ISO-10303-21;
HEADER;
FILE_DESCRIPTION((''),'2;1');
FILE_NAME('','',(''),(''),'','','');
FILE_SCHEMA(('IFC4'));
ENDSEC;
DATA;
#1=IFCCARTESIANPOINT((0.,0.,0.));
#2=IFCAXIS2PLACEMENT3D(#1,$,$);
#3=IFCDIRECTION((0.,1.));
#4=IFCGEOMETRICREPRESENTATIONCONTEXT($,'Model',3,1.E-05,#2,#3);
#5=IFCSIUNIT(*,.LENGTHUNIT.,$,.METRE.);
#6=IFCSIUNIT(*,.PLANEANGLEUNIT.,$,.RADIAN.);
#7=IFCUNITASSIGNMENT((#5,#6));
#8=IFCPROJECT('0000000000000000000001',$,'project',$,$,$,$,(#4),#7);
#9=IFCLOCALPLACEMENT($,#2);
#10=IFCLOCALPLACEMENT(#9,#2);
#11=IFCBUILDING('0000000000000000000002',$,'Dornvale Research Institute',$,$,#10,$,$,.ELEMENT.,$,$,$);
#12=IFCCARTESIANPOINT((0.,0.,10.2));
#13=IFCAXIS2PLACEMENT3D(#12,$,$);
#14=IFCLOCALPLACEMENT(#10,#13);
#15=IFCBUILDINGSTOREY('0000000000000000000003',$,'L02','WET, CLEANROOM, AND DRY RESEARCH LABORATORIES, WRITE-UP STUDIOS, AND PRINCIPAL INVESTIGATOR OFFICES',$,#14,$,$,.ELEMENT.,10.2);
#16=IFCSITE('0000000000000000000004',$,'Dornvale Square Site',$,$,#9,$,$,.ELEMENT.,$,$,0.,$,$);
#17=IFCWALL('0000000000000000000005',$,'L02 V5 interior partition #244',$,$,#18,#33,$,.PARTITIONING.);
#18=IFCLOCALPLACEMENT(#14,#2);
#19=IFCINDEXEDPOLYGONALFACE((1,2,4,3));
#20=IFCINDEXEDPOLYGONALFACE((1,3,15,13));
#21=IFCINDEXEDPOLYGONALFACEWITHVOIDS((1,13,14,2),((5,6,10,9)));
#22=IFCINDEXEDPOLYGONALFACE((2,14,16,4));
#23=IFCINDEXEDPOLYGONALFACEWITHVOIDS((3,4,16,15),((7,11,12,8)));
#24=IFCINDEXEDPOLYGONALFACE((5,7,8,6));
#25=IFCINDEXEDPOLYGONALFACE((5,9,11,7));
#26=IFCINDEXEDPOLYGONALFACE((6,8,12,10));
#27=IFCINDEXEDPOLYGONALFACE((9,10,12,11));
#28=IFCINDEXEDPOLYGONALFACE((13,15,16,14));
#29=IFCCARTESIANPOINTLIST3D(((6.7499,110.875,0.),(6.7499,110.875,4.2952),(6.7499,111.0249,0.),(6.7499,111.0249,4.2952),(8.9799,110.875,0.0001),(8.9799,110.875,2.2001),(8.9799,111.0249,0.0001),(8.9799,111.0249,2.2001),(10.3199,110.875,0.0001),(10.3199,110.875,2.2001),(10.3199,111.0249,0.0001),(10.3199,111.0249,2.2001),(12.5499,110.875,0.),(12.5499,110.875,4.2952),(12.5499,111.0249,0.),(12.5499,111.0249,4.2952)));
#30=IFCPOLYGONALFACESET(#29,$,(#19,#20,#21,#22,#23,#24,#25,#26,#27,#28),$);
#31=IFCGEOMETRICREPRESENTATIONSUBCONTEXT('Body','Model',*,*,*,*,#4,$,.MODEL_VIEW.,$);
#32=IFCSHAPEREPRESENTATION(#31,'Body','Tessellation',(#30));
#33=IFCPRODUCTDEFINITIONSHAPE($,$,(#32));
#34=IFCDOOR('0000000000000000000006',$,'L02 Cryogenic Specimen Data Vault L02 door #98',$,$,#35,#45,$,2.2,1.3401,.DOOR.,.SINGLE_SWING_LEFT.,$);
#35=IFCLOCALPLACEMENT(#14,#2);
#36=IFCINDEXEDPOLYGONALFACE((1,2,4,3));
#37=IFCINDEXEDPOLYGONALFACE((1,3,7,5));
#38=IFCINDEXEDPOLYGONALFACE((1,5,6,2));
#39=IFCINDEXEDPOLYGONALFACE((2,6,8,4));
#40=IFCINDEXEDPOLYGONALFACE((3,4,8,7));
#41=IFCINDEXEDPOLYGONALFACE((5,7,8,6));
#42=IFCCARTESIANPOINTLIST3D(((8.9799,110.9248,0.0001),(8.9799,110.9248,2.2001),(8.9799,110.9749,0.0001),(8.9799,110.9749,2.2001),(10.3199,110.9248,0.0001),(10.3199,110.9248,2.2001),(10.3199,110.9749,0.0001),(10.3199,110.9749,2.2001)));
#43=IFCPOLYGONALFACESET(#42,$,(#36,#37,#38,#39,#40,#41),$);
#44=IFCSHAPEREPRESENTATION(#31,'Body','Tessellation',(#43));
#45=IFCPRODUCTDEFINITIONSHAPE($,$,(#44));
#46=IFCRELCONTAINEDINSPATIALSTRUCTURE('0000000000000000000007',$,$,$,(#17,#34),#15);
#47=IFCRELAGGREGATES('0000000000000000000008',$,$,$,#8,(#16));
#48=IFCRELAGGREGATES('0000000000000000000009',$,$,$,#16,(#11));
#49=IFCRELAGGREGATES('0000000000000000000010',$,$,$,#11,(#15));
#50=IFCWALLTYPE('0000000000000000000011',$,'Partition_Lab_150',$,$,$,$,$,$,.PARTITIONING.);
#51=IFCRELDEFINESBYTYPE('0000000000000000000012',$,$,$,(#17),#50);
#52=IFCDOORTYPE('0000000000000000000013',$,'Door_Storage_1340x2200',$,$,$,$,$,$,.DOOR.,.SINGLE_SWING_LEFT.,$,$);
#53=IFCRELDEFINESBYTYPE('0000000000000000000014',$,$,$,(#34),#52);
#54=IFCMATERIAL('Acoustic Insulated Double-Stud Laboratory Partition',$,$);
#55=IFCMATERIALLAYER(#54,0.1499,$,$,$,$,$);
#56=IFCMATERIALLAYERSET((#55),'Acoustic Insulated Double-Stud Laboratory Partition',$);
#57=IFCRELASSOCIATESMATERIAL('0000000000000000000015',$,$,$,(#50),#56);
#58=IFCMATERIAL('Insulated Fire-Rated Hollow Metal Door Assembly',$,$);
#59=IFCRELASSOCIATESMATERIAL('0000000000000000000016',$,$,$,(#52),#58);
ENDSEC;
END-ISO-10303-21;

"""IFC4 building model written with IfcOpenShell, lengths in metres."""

from ifc_helpers import new_model, si_unit, direction, frame, frame_2d, origin, place, context, subcontext, project, spatial, rectangle, extrude, material, layer, layer_set, type_object, element, fill, save


model = new_model("IFC4")

# Units and contexts
model_context = context("Model", 3, precision=1e-05, world=origin(), true_north=direction((0.0, 1.0)))
body_context = subcontext(model_context, "Body", "Model", "MODEL_VIEW")
ifc_project = project(units=[si_unit("LENGTHUNIT", "METRE"), si_unit("PLANEANGLEUNIT", "RADIAN")], contexts=[model_context])

# Site, building, storey
site_placement = place(None, origin())
site = spatial("IfcSite", under=ifc_project, at=site_placement, Name="Dornvale Square Site", CompositionType="ELEMENT", RefElevation=0.0)
building_placement = place(site_placement, origin())
building = spatial("IfcBuilding", under=site, at=building_placement, Name="Dornvale Research Institute", CompositionType="ELEMENT")
storey_placement = place(building_placement, frame((0.0, 0.0, 10.2)))
storey = spatial("IfcBuildingStorey", under=building, at=storey_placement, Name="L02", Description="WET, CLEANROOM, AND DRY RESEARCH LABORATORIES, WRITE-UP STUDIOS, AND PRINCIPAL INVESTIGATOR OFFICES", CompositionType="ELEMENT", Elevation=10.2)

# Wall, opening, door
ifc_material_1 = material(Name="Acoustic Insulated Double-Stud Laboratory Partition")
ifc_layer_1 = layer(ifc_material_1, 0.1499)
ifc_layer_set_1 = layer_set([ifc_layer_1], Name="Acoustic Insulated Double-Stud Laboratory Partition")
wall_type = type_object("IfcWallType", Name="Partition_Lab_150", PredefinedType="PARTITIONING", material=ifc_layer_set_1)
wall_placement = place(storey_placement, frame((6.75, 110.95, 0.0), z_axis=(0.0, 0.0, 1.0), x_axis=(1.0, 0.0, 0.0)))
wall = element("IfcWall", 1, at=wall_placement, inside=storey, type_object=wall_type, Name="L02 V5 interior partition #244", PredefinedType="PARTITIONING", context=body_context, shape_type="SweptSolid", body=[
    extrude(rectangle(XDim=5.8, YDim=0.1499, at=frame_2d((2.8999, 0.0))), origin(), (0.0, 0.0, 1.0), 4.2952),
])
opening_placement = place(wall_placement, frame((2.23, 0.0, 0.0)))
opening = element("IfcOpeningElement", 2, at=opening_placement, cuts=wall, PredefinedType="OPENING", context=body_context, shape_type="SweptSolid", body=[
    extrude(rectangle(XDim=1.3401, YDim=2.2, at=frame_2d((0.6699, 1.1001))), frame((0.0, 0.0898, 0.0), z_axis=(0.0, -1.0, 0.0), x_axis=(1.0, 0.0, 0.0)), (0.0, 0.0, 1.0), 0.1799),
])
ifc_material_2 = material(Name="Insulated Fire-Rated Hollow Metal Door Assembly")
door_type = type_object("IfcDoorType", Name="Door_Storage_1340x2200", OperationType="SINGLE_SWING_LEFT", PredefinedType="DOOR", material=ifc_material_2)
door_placement = place(opening_placement, origin())
door = element("IfcDoor", 3, at=door_placement, inside=storey, type_object=door_type, Name="L02 Cryogenic Specimen Data Vault L02 door #98", OperationType="SINGLE_SWING_LEFT", OverallHeight=2.2, OverallWidth=1.3401, PredefinedType="DOOR", context=body_context, shape_type="SweptSolid", body=[
    extrude(rectangle(XDim=1.3401, YDim=2.2, at=frame_2d((0.6699, 1.1001))), frame((0.0, 0.0249, 0.0), z_axis=(0.0, -1.0, 0.0), x_axis=(1.0, 0.0, 0.0)), (0.0, 0.0, 1.0), 0.05),
])
fill(opening, door)

save(model, "model.ifc")
